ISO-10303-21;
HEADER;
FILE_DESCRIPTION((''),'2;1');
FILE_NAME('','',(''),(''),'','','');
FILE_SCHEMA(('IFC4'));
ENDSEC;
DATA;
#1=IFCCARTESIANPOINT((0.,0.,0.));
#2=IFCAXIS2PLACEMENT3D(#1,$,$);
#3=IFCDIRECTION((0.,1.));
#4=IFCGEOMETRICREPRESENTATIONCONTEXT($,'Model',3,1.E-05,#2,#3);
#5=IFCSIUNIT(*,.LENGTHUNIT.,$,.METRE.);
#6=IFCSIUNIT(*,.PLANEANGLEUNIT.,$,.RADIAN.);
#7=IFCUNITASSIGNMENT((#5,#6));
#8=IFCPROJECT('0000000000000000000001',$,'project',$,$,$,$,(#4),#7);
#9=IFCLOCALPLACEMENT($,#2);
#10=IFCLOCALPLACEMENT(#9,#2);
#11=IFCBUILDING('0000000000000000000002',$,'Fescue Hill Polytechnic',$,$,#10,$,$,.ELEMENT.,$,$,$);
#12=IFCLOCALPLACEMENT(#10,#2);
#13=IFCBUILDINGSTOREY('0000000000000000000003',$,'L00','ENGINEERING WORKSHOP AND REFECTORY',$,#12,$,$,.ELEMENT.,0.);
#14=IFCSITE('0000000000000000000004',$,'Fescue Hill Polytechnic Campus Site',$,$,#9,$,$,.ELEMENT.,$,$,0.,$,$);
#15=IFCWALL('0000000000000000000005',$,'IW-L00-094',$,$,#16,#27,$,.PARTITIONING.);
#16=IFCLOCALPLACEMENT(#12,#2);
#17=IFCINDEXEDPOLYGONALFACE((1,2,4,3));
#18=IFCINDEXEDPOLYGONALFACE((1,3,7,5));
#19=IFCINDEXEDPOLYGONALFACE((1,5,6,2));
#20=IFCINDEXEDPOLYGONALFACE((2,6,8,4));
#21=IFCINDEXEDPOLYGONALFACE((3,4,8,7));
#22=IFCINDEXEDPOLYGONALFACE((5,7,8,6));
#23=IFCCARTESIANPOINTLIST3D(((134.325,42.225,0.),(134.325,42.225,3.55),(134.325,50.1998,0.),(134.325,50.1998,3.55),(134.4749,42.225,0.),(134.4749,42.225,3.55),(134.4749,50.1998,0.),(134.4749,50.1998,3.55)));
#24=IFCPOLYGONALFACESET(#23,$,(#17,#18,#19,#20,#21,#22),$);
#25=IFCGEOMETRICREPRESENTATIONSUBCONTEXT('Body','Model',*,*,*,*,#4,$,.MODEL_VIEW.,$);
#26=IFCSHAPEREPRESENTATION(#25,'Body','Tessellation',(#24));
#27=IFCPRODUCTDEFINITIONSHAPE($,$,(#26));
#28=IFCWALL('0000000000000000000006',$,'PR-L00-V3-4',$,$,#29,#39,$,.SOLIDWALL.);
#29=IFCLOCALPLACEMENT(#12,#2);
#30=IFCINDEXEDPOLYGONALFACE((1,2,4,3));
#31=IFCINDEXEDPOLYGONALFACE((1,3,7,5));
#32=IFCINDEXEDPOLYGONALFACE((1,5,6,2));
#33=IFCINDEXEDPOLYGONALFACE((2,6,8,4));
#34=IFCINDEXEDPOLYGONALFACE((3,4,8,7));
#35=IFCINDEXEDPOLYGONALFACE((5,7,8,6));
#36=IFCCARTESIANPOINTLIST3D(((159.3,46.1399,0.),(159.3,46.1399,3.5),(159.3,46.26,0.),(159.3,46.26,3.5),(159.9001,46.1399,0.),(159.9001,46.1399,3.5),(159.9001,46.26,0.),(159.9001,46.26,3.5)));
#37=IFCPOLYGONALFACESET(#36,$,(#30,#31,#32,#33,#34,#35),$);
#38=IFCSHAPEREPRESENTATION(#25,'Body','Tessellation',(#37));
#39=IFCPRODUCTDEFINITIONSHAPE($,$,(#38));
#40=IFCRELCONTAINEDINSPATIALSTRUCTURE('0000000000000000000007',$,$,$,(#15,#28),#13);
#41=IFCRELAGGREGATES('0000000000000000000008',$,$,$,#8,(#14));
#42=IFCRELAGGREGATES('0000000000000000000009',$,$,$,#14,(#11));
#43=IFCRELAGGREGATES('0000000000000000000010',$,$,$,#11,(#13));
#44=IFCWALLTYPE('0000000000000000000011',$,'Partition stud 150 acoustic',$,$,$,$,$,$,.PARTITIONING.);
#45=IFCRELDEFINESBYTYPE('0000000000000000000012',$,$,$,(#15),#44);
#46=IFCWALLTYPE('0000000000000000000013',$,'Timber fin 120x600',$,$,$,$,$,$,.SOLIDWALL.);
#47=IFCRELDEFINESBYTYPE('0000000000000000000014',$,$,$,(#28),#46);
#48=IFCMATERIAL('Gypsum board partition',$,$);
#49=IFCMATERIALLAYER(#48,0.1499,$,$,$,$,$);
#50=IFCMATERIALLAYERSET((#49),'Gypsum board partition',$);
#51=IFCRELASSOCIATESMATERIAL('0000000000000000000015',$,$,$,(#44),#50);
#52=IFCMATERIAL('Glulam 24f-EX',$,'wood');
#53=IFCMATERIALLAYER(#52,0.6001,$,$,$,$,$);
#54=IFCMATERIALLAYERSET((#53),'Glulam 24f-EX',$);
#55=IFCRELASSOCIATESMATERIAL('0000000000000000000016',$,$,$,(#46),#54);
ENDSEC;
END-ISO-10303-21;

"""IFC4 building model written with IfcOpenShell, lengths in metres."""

from ifc_helpers import new_model, si_unit, direction, frame, frame_2d, origin, place, context, subcontext, project, spatial, rectangle, extrude, material, layer, layer_set, type_object, element, save


model = new_model("IFC4")

# Units and contexts
model_context = context("Model", 3, precision=1e-05, world=origin(), true_north=direction((0.0, 1.0)))
body_context = subcontext(model_context, "Body", "Model", "MODEL_VIEW")
ifc_project = project(units=[si_unit("LENGTHUNIT", "METRE"), si_unit("PLANEANGLEUNIT", "RADIAN")], contexts=[model_context])

# Site, building, storey
site_placement = place(None, origin())
site = spatial("IfcSite", under=ifc_project, at=site_placement, Name="Fescue Hill Polytechnic Campus Site", CompositionType="ELEMENT", RefElevation=0.0)
building_placement = place(site_placement, origin())
building = spatial("IfcBuilding", under=site, at=building_placement, Name="Fescue Hill Polytechnic", CompositionType="ELEMENT")
storey_placement = place(building_placement, origin())
storey = spatial("IfcBuildingStorey", under=building, at=storey_placement, Name="L00", Description="ENGINEERING WORKSHOP AND REFECTORY", CompositionType="ELEMENT", Elevation=0.0)

# Shared definitions
ifc_material_1 = material(Name="Gypsum board partition")

# Walls
ifc_layer_1 = layer(ifc_material_1, 0.1499)
ifc_layer_set_1 = layer_set([ifc_layer_1], Name="Gypsum board partition")
wall_type_1 = type_object("IfcWallType", Name="Partition stud 150 acoustic", PredefinedType="PARTITIONING", material=ifc_layer_set_1)
wall_1_placement = place(storey_placement, frame((134.3999, 42.2251, 0.0), z_axis=(0.0, 0.0, 1.0), x_axis=(0.0, 1.0, 0.0)))
element("IfcWall", 1, at=wall_1_placement, inside=storey, type_object=wall_type_1, Name="IW-L00-094", PredefinedType="PARTITIONING", context=body_context, shape_type="SweptSolid", body=[
    extrude(rectangle(XDim=7.9749, YDim=0.1499, at=frame_2d((3.9873, 0.0))), origin(), (0.0, 0.0, 1.0), 3.55),
])
ifc_material_2 = material(Name="Glulam 24f-EX", Category="wood")
ifc_layer_2 = layer(ifc_material_2, 0.6001)
ifc_layer_set_2 = layer_set([ifc_layer_2], Name="Glulam 24f-EX")
wall_type_2 = type_object("IfcWallType", Name="Timber fin 120x600", PredefinedType="SOLIDWALL", material=ifc_layer_set_2)
wall_2_placement = place(storey_placement, frame((159.6001, 46.1399, 0.0), z_axis=(0.0, 0.0, 1.0), x_axis=(0.0, 1.0, 0.0)))
element("IfcWall", 2, at=wall_2_placement, inside=storey, type_object=wall_type_2, Name="PR-L00-V3-4", PredefinedType="SOLIDWALL", context=body_context, shape_type="SweptSolid", body=[
    extrude(rectangle(XDim=0.1201, YDim=0.6001, at=frame_2d((0.0601, 0.0))), origin(), (0.0, 0.0, 1.0), 3.5),
])

save(model, "model.ifc")
